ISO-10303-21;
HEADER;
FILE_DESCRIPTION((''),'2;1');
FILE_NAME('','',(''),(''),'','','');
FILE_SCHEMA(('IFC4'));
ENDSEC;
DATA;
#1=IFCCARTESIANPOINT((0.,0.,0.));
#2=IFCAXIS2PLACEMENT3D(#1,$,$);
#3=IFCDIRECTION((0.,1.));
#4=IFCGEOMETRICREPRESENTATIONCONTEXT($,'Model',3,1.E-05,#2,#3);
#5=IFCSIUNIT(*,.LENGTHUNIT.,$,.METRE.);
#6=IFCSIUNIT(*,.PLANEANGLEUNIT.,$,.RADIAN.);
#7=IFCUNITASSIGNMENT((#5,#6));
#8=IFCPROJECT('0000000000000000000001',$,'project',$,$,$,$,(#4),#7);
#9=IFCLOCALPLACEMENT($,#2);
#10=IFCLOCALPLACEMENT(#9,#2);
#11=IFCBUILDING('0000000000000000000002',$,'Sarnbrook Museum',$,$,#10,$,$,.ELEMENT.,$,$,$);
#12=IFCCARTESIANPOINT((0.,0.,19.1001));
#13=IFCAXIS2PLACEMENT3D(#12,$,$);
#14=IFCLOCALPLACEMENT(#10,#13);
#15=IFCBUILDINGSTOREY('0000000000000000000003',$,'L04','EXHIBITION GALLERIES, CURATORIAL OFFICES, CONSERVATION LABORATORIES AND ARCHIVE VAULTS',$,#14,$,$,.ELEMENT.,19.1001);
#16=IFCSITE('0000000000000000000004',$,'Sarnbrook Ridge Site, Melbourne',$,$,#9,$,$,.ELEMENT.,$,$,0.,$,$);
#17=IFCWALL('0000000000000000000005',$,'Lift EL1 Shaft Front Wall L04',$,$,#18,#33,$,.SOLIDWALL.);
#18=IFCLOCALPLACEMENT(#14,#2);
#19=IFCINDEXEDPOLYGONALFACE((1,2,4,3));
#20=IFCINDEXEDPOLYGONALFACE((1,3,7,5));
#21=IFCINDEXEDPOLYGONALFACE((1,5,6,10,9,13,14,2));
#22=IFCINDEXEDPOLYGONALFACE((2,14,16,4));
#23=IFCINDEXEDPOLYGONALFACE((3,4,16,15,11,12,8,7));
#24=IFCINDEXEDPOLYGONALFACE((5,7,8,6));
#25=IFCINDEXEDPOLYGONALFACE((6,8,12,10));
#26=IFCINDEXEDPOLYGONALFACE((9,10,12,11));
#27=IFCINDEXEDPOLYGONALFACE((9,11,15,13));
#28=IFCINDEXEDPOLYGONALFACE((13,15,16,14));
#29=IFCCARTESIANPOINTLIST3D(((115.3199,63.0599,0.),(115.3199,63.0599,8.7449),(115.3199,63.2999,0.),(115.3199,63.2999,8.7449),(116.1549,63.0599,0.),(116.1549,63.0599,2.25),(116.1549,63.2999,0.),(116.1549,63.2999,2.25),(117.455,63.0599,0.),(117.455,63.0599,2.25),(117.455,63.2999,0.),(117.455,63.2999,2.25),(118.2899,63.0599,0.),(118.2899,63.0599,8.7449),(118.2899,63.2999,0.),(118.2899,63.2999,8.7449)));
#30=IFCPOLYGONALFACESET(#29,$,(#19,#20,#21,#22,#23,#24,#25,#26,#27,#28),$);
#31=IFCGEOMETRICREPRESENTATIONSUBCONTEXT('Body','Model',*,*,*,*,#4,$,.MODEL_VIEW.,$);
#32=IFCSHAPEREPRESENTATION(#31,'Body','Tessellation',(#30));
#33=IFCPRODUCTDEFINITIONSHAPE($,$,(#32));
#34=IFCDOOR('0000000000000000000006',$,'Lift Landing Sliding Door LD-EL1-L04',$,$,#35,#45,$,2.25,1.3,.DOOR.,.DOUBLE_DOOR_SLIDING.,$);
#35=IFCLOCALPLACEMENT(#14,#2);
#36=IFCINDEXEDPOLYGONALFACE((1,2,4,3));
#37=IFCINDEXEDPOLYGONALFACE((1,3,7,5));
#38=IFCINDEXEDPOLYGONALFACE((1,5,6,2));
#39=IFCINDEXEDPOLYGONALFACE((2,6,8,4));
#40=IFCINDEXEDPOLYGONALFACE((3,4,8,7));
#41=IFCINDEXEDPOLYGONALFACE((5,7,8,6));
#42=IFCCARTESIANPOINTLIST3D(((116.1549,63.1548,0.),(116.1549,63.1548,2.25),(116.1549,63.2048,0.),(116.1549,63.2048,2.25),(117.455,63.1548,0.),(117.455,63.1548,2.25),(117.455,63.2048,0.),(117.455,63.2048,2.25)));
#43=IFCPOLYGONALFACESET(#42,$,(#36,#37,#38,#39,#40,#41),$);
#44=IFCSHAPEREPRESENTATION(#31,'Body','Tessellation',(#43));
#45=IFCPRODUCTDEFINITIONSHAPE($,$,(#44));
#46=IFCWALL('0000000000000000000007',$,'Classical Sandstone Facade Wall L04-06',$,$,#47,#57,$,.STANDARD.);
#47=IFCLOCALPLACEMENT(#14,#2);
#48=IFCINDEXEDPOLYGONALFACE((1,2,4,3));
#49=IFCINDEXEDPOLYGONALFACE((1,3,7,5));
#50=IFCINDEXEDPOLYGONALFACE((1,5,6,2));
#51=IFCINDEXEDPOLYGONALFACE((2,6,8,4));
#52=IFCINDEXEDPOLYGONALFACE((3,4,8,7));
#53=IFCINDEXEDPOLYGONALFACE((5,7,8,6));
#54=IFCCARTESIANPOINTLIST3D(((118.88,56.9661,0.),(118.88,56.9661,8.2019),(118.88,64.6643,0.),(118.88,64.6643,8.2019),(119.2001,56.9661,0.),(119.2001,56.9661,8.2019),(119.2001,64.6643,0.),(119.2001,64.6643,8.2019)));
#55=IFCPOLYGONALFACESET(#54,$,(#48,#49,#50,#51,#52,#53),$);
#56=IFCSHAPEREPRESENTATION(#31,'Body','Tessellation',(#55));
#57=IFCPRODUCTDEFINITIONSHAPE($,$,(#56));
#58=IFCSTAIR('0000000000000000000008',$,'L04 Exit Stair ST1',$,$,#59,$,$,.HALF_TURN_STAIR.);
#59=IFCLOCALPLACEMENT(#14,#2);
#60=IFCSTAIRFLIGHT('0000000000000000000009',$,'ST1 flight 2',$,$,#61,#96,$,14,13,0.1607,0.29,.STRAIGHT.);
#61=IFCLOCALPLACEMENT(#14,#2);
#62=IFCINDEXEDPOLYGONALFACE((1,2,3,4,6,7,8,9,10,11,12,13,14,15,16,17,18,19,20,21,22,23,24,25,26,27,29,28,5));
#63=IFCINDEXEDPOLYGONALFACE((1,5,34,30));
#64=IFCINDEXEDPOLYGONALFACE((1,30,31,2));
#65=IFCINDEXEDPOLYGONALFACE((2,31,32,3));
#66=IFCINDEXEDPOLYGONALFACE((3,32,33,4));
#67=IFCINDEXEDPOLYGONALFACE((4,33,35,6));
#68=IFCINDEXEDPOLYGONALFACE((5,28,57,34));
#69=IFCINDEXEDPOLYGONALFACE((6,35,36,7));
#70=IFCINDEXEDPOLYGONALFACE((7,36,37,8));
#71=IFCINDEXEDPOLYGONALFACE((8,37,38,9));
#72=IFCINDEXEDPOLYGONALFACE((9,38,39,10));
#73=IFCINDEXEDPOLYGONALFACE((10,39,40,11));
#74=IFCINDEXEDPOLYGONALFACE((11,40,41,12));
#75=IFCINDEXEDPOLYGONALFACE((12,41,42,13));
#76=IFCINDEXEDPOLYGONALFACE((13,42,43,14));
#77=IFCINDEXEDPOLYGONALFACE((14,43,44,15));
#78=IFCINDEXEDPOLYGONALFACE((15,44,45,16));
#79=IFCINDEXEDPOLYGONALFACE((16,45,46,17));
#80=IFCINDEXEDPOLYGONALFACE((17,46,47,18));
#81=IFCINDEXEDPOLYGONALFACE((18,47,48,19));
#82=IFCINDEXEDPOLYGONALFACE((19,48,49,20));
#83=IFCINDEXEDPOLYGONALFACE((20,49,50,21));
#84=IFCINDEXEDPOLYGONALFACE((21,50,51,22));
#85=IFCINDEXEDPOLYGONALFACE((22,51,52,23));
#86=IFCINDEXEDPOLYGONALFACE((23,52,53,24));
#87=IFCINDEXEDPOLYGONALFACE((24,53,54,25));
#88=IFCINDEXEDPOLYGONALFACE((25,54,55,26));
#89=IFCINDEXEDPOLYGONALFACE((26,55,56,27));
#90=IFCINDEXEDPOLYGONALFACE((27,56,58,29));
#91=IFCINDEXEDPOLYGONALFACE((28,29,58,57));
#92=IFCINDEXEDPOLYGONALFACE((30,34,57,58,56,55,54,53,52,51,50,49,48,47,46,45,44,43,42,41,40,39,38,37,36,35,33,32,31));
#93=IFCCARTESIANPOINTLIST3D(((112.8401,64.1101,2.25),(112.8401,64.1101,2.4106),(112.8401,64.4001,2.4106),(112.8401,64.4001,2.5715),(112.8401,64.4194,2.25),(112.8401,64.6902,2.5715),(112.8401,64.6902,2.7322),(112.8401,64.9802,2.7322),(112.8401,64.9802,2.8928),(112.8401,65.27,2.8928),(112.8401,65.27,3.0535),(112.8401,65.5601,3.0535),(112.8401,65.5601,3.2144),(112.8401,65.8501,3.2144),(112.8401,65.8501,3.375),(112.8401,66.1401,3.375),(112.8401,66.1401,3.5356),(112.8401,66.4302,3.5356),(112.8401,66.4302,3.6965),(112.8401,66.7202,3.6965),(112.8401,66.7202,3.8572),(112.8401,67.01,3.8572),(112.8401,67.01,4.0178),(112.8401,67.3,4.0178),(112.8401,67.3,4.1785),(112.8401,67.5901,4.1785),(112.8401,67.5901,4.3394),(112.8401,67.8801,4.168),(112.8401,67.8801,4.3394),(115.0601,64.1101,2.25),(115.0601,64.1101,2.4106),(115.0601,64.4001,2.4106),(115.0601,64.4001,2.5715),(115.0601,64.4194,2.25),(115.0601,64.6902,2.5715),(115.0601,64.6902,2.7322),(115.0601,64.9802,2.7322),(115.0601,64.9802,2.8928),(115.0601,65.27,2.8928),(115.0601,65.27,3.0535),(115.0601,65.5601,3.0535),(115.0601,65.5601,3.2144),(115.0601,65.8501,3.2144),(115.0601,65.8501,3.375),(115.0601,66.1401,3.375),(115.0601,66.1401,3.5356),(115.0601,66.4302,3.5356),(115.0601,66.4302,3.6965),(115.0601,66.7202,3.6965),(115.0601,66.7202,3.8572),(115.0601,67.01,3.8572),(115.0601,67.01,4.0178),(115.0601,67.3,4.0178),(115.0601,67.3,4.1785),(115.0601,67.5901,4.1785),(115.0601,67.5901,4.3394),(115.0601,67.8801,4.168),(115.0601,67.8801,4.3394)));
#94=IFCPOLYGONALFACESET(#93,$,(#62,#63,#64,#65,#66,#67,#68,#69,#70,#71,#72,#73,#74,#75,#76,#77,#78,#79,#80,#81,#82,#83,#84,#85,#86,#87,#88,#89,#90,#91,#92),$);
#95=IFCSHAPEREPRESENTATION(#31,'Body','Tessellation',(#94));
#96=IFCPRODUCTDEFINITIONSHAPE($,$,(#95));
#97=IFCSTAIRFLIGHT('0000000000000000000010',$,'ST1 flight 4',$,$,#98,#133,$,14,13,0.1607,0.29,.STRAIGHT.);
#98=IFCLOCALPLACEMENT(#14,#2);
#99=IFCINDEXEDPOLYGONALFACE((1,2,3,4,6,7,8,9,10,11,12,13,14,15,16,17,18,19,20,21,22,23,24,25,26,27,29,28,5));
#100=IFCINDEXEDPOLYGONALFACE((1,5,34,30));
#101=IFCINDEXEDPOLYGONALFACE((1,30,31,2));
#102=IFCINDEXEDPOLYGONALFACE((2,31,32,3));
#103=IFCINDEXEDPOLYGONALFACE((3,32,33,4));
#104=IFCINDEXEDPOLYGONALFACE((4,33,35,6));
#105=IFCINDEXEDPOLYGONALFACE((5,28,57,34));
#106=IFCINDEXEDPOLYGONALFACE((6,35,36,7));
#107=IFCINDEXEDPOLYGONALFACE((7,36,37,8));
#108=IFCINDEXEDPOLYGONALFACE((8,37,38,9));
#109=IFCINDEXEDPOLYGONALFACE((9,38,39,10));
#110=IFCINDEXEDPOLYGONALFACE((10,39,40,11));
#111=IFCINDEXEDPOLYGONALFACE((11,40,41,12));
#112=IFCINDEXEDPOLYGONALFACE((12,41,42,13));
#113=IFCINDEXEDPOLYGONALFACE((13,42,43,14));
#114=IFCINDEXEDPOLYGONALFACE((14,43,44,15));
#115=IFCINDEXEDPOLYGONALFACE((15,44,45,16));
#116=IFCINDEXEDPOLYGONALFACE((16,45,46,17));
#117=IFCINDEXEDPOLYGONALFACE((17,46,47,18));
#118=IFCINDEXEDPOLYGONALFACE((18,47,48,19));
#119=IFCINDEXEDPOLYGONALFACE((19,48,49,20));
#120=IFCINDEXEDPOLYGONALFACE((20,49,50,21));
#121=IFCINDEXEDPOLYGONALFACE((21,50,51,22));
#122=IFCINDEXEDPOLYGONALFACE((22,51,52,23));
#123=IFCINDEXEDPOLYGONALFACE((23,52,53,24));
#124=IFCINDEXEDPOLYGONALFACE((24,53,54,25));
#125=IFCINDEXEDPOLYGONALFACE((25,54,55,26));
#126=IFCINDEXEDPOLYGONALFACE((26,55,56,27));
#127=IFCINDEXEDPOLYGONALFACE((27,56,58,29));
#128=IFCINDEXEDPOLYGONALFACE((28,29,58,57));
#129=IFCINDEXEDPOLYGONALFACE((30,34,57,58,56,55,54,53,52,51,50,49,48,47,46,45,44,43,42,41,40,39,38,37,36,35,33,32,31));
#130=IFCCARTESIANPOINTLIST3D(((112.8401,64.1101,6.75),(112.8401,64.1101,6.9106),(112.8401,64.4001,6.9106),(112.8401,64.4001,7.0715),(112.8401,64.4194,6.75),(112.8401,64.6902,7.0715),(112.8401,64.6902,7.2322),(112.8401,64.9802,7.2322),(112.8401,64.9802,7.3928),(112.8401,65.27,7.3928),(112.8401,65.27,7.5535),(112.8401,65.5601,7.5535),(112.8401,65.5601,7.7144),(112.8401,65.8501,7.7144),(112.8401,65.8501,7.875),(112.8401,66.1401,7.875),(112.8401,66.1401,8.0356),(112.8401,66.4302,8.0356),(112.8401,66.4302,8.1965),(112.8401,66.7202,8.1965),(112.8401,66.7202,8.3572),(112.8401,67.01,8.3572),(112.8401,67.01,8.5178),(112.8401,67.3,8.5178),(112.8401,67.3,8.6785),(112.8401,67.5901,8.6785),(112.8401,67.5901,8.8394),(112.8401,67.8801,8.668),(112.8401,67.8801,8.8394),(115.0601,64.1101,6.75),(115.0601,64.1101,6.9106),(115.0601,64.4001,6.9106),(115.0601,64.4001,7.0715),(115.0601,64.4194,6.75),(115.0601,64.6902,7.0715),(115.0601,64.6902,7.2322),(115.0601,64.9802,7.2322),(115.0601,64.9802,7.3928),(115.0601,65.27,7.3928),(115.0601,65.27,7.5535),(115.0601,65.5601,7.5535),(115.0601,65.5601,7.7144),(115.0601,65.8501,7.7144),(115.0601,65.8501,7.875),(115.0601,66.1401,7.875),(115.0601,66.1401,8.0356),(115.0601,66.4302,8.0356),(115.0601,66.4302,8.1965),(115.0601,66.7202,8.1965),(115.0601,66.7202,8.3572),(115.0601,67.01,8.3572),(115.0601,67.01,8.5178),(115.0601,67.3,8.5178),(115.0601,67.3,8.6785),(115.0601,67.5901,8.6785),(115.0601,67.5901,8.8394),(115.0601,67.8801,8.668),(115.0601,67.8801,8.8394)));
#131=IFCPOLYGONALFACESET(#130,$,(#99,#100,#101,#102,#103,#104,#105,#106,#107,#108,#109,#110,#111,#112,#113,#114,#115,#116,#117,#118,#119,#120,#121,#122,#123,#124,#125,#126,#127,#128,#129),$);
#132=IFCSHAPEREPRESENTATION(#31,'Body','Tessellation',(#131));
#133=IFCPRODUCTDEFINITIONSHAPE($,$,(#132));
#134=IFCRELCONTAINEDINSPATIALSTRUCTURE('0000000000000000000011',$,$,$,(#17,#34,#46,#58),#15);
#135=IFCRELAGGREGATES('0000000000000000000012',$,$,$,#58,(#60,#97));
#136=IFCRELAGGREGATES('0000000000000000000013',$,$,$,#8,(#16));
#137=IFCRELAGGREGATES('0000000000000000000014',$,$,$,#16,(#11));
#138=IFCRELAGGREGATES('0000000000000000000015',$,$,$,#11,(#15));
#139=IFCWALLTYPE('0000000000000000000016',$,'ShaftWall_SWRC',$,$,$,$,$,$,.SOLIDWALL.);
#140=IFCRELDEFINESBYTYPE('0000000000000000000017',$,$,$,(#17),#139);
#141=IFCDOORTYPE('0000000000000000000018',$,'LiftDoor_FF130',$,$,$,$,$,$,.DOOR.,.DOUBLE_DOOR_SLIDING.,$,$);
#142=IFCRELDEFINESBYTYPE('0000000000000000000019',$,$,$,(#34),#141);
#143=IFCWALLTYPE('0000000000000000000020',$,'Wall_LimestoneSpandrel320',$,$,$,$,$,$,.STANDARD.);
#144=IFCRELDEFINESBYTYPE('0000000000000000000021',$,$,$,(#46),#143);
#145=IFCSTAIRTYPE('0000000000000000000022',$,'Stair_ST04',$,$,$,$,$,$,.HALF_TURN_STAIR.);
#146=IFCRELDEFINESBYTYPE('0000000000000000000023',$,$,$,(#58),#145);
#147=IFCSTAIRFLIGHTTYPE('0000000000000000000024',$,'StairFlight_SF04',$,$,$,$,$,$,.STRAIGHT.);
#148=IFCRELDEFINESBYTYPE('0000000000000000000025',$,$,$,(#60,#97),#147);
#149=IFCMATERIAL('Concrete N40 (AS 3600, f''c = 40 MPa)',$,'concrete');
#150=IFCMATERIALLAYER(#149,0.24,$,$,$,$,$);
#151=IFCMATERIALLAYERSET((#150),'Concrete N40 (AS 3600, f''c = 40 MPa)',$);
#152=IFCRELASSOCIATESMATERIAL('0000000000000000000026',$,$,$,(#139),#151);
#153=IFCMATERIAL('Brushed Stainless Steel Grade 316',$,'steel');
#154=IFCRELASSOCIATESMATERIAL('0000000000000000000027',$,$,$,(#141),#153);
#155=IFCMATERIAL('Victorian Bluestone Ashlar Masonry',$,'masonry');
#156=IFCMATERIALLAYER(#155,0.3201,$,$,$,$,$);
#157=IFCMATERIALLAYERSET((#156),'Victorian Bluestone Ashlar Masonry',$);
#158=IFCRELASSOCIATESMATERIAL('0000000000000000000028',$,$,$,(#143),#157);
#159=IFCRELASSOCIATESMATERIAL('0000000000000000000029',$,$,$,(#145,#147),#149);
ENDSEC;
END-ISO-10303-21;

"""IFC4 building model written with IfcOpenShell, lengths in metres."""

from ifc_helpers import new_model, si_unit, direction, frame, frame_2d, origin, place, context, subcontext, project, spatial, polyline, rectangle, outline, extrude, material, layer, layer_set, type_object, element, fill, aggregate, save


model = new_model("IFC4")

# Units and contexts
model_context = context("Model", 3, precision=1e-05, world=origin(), true_north=direction((0.0, 1.0)))
body_context = subcontext(model_context, "Body", "Model", "MODEL_VIEW")
ifc_project = project(units=[si_unit("LENGTHUNIT", "METRE"), si_unit("PLANEANGLEUNIT", "RADIAN")], contexts=[model_context])

# Site, building, storey
site_placement = place(None, origin())
site = spatial("IfcSite", under=ifc_project, at=site_placement, Name="Sarnbrook Ridge Site, Melbourne", CompositionType="ELEMENT", RefElevation=0.0)
building_placement = place(site_placement, origin())
building = spatial("IfcBuilding", under=site, at=building_placement, Name="Sarnbrook Museum", CompositionType="ELEMENT")
storey_placement = place(building_placement, frame((0.0, 0.0, 19.1001)))
storey = spatial("IfcBuildingStorey", under=building, at=storey_placement, Name="L04", Description="EXHIBITION GALLERIES, CURATORIAL OFFICES, CONSERVATION LABORATORIES AND ARCHIVE VAULTS", CompositionType="ELEMENT", Elevation=19.1001)

# Wall, opening, door
ifc_material_1 = material(Name="Concrete N40 (AS 3600, f'c = 40 MPa)", Category="concrete")
ifc_layer_1 = layer(ifc_material_1, 0.24)
ifc_layer_set_1 = layer_set([ifc_layer_1], Name="Concrete N40 (AS 3600, f'c = 40 MPa)")
wall_type_1 = type_object("IfcWallType", Name="ShaftWall_SWRC", PredefinedType="SOLIDWALL", material=ifc_layer_set_1)
wall_1_placement = place(storey_placement, frame((115.3201, 63.1799, 0.0), z_axis=(0.0, 0.0, 1.0), x_axis=(1.0, 0.0, 0.0)))
wall_1 = element("IfcWall", 1, at=wall_1_placement, inside=storey, type_object=wall_type_1, Name="Lift EL1 Shaft Front Wall L04", PredefinedType="SOLIDWALL", context=body_context, shape_type="SweptSolid", body=[
    extrude(rectangle(XDim=2.97, YDim=0.24, at=frame_2d((1.4849, 0.0))), origin(), (0.0, 0.0, 1.0), 8.7449),
])
opening_1_placement = place(wall_1_placement, frame((0.835, 0.0, 0.0)))
opening_1 = element("IfcOpeningElement", 2, at=opening_1_placement, cuts=wall_1, PredefinedType="OPENING", context=body_context, shape_type="SweptSolid", body=[
    extrude(rectangle(XDim=1.3, YDim=2.25, at=frame_2d((0.6499, 1.125))), frame((0.0, 0.1299, 0.0), z_axis=(0.0, -1.0, 0.0), x_axis=(1.0, 0.0, 0.0)), (0.0, 0.0, 1.0), 0.26),
])
ifc_material_2 = material(Name="Brushed Stainless Steel Grade 316", Category="steel")
door_type_1 = type_object("IfcDoorType", Name="LiftDoor_FF130", OperationType="DOUBLE_DOOR_SLIDING", PredefinedType="DOOR", material=ifc_material_2)
door_1_placement = place(opening_1_placement, origin())
door_1 = element("IfcDoor", 3, at=door_1_placement, inside=storey, type_object=door_type_1, Name="Lift Landing Sliding Door LD-EL1-L04", OperationType="DOUBLE_DOOR_SLIDING", OverallHeight=2.25, OverallWidth=1.3, PredefinedType="DOOR", context=body_context, shape_type="SweptSolid", body=[
    extrude(rectangle(XDim=1.3, YDim=2.25, at=frame_2d((0.6499, 1.125))), frame((0.0, 0.0249, 0.0), z_axis=(0.0, -1.0, 0.0), x_axis=(1.0, 0.0, 0.0)), (0.0, 0.0, 1.0), 0.05),
])
fill(opening_1, door_1)

# Wall
ifc_material_3 = material(Name="Victorian Bluestone Ashlar Masonry", Category="masonry")
ifc_layer_2 = layer(ifc_material_3, 0.3201)
ifc_layer_set_2 = layer_set([ifc_layer_2], Name="Victorian Bluestone Ashlar Masonry")
wall_type_2 = type_object("IfcWallType", Name="Wall_LimestoneSpandrel320", PredefinedType="STANDARD", material=ifc_layer_set_2)
wall_2_placement = place(storey_placement, frame((119.04, 56.9661, 0.0), z_axis=(0.0, 0.0, 1.0), x_axis=(0.0, 1.0, 0.0)))
element("IfcWall", 4, at=wall_2_placement, inside=storey, type_object=wall_type_2, Name="Classical Sandstone Facade Wall L04-06", PredefinedType="STANDARD", context=body_context, shape_type="SweptSolid", body=[
    extrude(rectangle(XDim=7.6982, YDim=0.3201, at=frame_2d((3.8491, 0.0))), origin(), (0.0, 0.0, 1.0), 8.2019),
])

# Stair, stair flights
stair_type = type_object("IfcStairType", Name="Stair_ST04", PredefinedType="HALF_TURN_STAIR", material=ifc_material_1)
stair_placement = place(storey_placement, origin())
stair = element("IfcStair", 5, at=stair_placement, inside=storey, type_object=stair_type, Name="L04 Exit Stair ST1", PredefinedType="HALF_TURN_STAIR")
stair_flight_type = type_object("IfcStairFlightType", Name="StairFlight_SF04", PredefinedType="STRAIGHT", material=ifc_material_1)
stair_flight_1_placement = place(storey_placement, frame((113.95, 64.1101, 2.25), z_axis=(0.0, 0.0, 1.0), x_axis=(0.0, 1.0, 0.0)))
stair_flight_1 = element("IfcStairFlight", 6, at=stair_flight_1_placement, type_object=stair_flight_type, Name="ST1 flight 2", NumberOfRisers=14, NumberOfTreads=13, PredefinedType="STRAIGHT", RiserHeight=0.1607, TreadLength=0.29, context=body_context, shape_type="SweptSolid", body=[
    extrude(outline(polyline([(0.0, 0.0), (0.0, 0.1606), (0.29, 0.1606), (0.29, 0.3215), (0.5801, 0.3215), (0.5801, 0.4822), (0.8701, 0.4822), (0.8701, 0.6428), (1.1599, 0.6428), (1.1599, 0.8035), (1.45, 0.8035), (1.45, 0.9644), (1.74, 0.9644), (1.74, 1.125), (2.03, 1.125), (2.03, 1.2856), (2.3201, 1.2856), (2.3201, 1.4465), (2.6101, 1.4465), (2.6101, 1.6072), (2.8999, 1.6072), (2.8999, 1.7678), (3.1899, 1.7678), (3.1899, 1.9285), (3.48, 1.9285), (3.48, 2.0894), (3.77, 2.0894), (3.77, 2.25), (3.77, 1.918), (0.3093, 0.0), (0.0, 0.0)])), frame((0.0, 1.1099, 0.0), z_axis=(0.0, -1.0, 0.0), x_axis=(1.0, 0.0, 0.0)), (0.0, 0.0, 1.0), 2.22),
])
stair_flight_2_placement = place(storey_placement, frame((113.95, 64.1101, 6.75), z_axis=(0.0, 0.0, 1.0), x_axis=(0.0, 1.0, 0.0)))
stair_flight_2 = element("IfcStairFlight", 7, at=stair_flight_2_placement, type_object=stair_flight_type, Name="ST1 flight 4", NumberOfRisers=14, NumberOfTreads=13, PredefinedType="STRAIGHT", RiserHeight=0.1607, TreadLength=0.29, context=body_context, shape_type="SweptSolid", body=[
    extrude(outline(polyline([(0.0, 0.0), (0.0, 0.1606), (0.29, 0.1606), (0.29, 0.3215), (0.5801, 0.3215), (0.5801, 0.4822), (0.8701, 0.4822), (0.8701, 0.6428), (1.1599, 0.6428), (1.1599, 0.8035), (1.45, 0.8035), (1.45, 0.9644), (1.74, 0.9644), (1.74, 1.125), (2.03, 1.125), (2.03, 1.2856), (2.3201, 1.2856), (2.3201, 1.4465), (2.6101, 1.4465), (2.6101, 1.6072), (2.8999, 1.6072), (2.8999, 1.7678), (3.1899, 1.7678), (3.1899, 1.9285), (3.48, 1.9285), (3.48, 2.0894), (3.77, 2.0894), (3.77, 2.25), (3.77, 1.918), (0.3093, 0.0), (0.0, 0.0)])), frame((0.0, 1.1099, 0.0), z_axis=(0.0, -1.0, 0.0), x_axis=(1.0, 0.0, 0.0)), (0.0, 0.0, 1.0), 2.22),
])
aggregate(stair, [stair_flight_1, stair_flight_2])

save(model, "model.ifc")
